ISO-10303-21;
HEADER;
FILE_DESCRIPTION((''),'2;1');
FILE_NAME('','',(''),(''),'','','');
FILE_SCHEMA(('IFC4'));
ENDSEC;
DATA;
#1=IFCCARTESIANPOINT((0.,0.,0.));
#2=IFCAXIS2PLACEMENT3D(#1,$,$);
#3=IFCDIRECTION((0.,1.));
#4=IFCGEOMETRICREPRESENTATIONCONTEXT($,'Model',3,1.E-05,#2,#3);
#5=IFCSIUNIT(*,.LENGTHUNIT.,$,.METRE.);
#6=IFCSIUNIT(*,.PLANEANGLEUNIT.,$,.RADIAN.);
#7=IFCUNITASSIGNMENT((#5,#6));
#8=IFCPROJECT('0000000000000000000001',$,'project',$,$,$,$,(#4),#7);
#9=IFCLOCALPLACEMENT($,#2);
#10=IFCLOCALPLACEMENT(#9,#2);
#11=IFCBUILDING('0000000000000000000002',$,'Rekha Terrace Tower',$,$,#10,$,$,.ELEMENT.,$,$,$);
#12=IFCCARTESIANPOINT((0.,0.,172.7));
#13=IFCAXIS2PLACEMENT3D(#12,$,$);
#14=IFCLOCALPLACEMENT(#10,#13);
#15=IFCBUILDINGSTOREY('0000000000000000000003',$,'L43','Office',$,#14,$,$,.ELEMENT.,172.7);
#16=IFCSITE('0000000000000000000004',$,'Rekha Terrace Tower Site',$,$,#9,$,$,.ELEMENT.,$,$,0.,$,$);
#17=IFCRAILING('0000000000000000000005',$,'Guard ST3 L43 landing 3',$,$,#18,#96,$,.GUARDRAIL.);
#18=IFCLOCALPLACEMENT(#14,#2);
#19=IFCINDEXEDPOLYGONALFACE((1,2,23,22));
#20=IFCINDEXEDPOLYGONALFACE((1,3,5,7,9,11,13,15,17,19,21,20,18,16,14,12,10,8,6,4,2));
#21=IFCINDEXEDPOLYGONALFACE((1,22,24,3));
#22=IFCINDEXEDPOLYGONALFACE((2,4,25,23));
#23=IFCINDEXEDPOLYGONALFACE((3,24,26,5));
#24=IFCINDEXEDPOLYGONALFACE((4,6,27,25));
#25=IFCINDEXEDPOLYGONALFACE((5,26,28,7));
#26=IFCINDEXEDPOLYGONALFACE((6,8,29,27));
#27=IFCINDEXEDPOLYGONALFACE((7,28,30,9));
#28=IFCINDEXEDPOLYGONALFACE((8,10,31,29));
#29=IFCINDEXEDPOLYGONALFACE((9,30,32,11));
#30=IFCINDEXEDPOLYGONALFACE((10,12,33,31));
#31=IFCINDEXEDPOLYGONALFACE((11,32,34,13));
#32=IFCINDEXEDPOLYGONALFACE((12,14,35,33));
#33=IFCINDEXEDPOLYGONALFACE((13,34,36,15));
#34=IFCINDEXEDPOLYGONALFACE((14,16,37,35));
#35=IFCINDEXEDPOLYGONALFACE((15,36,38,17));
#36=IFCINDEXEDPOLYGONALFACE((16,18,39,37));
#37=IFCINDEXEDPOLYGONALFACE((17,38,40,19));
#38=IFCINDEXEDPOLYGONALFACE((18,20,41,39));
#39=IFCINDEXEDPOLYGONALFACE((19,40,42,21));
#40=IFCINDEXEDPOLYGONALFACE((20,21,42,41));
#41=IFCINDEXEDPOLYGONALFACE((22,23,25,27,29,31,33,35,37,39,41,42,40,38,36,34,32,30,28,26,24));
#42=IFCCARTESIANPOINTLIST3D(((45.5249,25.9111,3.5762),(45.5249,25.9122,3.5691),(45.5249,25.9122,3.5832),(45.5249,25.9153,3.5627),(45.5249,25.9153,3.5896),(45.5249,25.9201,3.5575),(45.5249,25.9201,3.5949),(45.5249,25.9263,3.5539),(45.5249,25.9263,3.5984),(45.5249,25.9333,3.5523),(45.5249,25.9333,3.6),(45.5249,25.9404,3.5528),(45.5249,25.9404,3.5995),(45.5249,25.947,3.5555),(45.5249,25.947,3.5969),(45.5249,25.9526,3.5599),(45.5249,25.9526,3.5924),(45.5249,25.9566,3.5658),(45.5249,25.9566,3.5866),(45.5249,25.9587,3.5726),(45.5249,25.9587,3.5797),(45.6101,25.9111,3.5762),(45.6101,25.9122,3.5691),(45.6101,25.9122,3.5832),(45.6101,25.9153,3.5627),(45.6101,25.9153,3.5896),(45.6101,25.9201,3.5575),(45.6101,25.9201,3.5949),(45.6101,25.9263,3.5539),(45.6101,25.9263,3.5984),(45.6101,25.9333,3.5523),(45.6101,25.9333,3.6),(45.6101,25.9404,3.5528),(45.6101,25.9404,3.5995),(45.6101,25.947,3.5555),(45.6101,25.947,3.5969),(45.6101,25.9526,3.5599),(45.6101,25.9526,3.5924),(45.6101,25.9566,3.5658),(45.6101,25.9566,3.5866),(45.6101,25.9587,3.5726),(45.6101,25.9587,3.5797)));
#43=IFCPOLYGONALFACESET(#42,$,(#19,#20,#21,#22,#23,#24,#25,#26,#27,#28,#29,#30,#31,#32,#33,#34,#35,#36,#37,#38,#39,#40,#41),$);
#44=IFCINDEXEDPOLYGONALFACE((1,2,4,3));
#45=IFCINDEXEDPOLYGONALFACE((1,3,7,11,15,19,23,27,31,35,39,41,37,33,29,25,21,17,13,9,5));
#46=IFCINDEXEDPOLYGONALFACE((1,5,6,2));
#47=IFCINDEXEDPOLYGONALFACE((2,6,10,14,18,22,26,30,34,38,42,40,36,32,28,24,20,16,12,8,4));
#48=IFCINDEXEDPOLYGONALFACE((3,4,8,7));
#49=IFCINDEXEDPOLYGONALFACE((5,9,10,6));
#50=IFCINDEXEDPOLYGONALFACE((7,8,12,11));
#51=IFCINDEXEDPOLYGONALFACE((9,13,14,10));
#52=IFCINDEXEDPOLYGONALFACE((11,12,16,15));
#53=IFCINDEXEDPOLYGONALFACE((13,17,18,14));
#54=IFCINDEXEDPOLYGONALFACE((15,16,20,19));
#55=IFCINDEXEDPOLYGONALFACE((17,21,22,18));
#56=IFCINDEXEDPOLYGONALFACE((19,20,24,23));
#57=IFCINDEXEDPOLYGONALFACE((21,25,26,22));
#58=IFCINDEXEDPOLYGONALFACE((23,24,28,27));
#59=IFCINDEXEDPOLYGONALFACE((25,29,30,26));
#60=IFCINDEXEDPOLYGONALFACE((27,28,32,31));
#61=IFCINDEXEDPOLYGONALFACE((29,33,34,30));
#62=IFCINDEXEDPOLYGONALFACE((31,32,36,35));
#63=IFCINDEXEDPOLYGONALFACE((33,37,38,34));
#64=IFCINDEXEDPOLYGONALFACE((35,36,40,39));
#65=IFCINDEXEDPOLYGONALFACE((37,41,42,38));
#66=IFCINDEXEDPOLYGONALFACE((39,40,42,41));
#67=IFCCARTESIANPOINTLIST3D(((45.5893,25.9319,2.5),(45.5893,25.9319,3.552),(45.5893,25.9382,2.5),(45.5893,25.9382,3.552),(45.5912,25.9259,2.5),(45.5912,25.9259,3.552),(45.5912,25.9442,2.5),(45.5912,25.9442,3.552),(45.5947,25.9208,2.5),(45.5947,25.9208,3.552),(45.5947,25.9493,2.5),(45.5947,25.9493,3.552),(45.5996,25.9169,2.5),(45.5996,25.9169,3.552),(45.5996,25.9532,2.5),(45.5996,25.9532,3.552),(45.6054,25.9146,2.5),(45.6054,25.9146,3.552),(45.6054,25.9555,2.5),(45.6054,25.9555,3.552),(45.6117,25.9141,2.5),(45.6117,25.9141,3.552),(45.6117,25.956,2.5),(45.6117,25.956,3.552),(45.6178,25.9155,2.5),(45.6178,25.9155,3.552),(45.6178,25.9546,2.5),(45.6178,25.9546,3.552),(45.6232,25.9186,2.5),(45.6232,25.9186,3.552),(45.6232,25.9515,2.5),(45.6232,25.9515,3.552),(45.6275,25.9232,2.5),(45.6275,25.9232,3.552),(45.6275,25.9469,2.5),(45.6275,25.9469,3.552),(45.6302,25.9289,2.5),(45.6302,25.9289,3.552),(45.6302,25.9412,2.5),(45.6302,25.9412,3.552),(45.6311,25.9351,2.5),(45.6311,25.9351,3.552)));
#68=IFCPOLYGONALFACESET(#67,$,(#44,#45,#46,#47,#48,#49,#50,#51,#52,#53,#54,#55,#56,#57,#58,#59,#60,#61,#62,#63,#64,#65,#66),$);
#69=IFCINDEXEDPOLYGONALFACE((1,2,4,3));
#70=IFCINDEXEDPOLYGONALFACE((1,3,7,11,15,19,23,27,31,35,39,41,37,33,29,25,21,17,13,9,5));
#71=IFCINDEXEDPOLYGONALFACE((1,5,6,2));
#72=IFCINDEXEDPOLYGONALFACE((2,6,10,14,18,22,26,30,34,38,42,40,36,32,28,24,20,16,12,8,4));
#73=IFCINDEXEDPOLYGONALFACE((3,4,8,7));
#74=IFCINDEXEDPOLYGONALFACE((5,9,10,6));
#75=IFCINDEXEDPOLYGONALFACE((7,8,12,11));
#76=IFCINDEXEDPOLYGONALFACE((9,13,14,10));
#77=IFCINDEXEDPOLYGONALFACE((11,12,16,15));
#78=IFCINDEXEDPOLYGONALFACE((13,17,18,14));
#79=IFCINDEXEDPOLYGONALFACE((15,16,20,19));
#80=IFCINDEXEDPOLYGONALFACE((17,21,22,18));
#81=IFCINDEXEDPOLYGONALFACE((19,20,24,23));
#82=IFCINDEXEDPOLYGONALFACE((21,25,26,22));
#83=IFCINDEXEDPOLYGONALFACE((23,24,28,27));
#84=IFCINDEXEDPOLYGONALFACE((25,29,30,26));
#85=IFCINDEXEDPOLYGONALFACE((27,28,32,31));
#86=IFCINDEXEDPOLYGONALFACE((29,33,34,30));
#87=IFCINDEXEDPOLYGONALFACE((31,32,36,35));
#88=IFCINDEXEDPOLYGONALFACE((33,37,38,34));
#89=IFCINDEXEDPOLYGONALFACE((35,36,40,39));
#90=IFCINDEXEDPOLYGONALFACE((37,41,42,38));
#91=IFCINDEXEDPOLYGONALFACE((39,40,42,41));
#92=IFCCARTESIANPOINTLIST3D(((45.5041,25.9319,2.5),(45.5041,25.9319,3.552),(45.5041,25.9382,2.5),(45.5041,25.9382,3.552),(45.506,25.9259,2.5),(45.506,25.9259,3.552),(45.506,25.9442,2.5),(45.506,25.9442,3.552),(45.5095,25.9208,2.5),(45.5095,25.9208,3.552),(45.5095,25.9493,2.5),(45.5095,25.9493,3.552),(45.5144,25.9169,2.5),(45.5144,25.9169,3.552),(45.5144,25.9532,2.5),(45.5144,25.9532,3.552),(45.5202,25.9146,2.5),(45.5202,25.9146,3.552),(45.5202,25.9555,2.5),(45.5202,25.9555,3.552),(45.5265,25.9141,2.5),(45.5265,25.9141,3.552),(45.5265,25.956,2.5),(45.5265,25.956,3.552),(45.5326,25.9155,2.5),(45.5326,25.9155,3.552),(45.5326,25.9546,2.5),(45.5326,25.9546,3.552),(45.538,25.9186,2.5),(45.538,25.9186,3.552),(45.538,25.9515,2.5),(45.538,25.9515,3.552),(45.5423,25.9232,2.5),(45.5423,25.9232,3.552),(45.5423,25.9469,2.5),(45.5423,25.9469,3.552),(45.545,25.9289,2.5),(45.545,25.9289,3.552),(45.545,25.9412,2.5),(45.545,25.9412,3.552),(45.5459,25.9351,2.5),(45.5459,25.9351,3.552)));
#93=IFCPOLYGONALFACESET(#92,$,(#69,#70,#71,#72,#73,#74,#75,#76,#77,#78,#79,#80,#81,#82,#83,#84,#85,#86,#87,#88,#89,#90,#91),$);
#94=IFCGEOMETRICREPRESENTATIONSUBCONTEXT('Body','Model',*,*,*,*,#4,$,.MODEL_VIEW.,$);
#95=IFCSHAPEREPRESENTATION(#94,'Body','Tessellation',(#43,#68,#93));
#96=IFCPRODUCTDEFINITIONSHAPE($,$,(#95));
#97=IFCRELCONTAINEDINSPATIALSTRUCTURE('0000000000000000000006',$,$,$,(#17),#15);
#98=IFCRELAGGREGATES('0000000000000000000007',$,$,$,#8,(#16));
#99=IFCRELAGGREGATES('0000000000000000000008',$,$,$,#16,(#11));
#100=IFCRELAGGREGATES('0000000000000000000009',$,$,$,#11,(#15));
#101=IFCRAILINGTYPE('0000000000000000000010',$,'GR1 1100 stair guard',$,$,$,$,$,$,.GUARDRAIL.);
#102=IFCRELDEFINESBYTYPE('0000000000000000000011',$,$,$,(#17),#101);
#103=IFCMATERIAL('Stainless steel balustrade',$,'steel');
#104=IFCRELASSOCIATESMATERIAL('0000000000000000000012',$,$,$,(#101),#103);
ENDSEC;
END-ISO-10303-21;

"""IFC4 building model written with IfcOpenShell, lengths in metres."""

from ifc_helpers import new_model, si_unit, direction, frame, origin, origin_2d, place, context, subcontext, project, spatial, circle, extrude, material, type_object, element, save


model = new_model("IFC4")

# Units and contexts
model_context = context("Model", 3, precision=1e-05, world=origin(), true_north=direction((0.0, 1.0)))
body_context = subcontext(model_context, "Body", "Model", "MODEL_VIEW")
ifc_project = project(units=[si_unit("LENGTHUNIT", "METRE"), si_unit("PLANEANGLEUNIT", "RADIAN")], contexts=[model_context])

# Site, building, storey
site_placement = place(None, origin())
site = spatial("IfcSite", under=ifc_project, at=site_placement, Name="Rekha Terrace Tower Site", CompositionType="ELEMENT", RefElevation=0.0)
building_placement = place(site_placement, origin())
building = spatial("IfcBuilding", under=site, at=building_placement, Name="Rekha Terrace Tower", CompositionType="ELEMENT")
storey_placement = place(building_placement, frame((0.0, 0.0, 172.7)))
storey = spatial("IfcBuildingStorey", under=building, at=storey_placement, Name="L43", Description="Office", CompositionType="ELEMENT", Elevation=172.7)

# Railing
ifc_material_1 = material(Name="Stainless steel balustrade", Category="steel")
railing_type_1 = type_object("IfcRailingType", Name="GR1 1100 stair guard", PredefinedType="GUARDRAIL", material=ifc_material_1)
railing_1_placement = place(storey_placement, frame((45.6101, 25.9351, 2.5)))
element("IfcRailing", 1, at=railing_1_placement, inside=storey, type_object=railing_type_1, Name="Guard ST3 L43 landing 3", PredefinedType="GUARDRAIL", context=body_context, shape_type="SweptSolid", body=[
    extrude(circle(Radius=0.0239, at=origin_2d()), frame((0.0, 0.0, 1.0762), z_axis=(-1.0, 0.0, 0.0), x_axis=(0.0, -1.0, 0.0)), (0.0, 0.0, 1.0), 0.0852),
    extrude(circle(Radius=0.021, at=origin_2d()), origin(), (0.0, 0.0, 1.0), 1.052),
    extrude(circle(Radius=0.021, at=origin_2d()), frame((-0.0852, 0.0, 0.0)), (0.0, 0.0, 1.0), 1.052),
])

save(model, "model.ifc")
